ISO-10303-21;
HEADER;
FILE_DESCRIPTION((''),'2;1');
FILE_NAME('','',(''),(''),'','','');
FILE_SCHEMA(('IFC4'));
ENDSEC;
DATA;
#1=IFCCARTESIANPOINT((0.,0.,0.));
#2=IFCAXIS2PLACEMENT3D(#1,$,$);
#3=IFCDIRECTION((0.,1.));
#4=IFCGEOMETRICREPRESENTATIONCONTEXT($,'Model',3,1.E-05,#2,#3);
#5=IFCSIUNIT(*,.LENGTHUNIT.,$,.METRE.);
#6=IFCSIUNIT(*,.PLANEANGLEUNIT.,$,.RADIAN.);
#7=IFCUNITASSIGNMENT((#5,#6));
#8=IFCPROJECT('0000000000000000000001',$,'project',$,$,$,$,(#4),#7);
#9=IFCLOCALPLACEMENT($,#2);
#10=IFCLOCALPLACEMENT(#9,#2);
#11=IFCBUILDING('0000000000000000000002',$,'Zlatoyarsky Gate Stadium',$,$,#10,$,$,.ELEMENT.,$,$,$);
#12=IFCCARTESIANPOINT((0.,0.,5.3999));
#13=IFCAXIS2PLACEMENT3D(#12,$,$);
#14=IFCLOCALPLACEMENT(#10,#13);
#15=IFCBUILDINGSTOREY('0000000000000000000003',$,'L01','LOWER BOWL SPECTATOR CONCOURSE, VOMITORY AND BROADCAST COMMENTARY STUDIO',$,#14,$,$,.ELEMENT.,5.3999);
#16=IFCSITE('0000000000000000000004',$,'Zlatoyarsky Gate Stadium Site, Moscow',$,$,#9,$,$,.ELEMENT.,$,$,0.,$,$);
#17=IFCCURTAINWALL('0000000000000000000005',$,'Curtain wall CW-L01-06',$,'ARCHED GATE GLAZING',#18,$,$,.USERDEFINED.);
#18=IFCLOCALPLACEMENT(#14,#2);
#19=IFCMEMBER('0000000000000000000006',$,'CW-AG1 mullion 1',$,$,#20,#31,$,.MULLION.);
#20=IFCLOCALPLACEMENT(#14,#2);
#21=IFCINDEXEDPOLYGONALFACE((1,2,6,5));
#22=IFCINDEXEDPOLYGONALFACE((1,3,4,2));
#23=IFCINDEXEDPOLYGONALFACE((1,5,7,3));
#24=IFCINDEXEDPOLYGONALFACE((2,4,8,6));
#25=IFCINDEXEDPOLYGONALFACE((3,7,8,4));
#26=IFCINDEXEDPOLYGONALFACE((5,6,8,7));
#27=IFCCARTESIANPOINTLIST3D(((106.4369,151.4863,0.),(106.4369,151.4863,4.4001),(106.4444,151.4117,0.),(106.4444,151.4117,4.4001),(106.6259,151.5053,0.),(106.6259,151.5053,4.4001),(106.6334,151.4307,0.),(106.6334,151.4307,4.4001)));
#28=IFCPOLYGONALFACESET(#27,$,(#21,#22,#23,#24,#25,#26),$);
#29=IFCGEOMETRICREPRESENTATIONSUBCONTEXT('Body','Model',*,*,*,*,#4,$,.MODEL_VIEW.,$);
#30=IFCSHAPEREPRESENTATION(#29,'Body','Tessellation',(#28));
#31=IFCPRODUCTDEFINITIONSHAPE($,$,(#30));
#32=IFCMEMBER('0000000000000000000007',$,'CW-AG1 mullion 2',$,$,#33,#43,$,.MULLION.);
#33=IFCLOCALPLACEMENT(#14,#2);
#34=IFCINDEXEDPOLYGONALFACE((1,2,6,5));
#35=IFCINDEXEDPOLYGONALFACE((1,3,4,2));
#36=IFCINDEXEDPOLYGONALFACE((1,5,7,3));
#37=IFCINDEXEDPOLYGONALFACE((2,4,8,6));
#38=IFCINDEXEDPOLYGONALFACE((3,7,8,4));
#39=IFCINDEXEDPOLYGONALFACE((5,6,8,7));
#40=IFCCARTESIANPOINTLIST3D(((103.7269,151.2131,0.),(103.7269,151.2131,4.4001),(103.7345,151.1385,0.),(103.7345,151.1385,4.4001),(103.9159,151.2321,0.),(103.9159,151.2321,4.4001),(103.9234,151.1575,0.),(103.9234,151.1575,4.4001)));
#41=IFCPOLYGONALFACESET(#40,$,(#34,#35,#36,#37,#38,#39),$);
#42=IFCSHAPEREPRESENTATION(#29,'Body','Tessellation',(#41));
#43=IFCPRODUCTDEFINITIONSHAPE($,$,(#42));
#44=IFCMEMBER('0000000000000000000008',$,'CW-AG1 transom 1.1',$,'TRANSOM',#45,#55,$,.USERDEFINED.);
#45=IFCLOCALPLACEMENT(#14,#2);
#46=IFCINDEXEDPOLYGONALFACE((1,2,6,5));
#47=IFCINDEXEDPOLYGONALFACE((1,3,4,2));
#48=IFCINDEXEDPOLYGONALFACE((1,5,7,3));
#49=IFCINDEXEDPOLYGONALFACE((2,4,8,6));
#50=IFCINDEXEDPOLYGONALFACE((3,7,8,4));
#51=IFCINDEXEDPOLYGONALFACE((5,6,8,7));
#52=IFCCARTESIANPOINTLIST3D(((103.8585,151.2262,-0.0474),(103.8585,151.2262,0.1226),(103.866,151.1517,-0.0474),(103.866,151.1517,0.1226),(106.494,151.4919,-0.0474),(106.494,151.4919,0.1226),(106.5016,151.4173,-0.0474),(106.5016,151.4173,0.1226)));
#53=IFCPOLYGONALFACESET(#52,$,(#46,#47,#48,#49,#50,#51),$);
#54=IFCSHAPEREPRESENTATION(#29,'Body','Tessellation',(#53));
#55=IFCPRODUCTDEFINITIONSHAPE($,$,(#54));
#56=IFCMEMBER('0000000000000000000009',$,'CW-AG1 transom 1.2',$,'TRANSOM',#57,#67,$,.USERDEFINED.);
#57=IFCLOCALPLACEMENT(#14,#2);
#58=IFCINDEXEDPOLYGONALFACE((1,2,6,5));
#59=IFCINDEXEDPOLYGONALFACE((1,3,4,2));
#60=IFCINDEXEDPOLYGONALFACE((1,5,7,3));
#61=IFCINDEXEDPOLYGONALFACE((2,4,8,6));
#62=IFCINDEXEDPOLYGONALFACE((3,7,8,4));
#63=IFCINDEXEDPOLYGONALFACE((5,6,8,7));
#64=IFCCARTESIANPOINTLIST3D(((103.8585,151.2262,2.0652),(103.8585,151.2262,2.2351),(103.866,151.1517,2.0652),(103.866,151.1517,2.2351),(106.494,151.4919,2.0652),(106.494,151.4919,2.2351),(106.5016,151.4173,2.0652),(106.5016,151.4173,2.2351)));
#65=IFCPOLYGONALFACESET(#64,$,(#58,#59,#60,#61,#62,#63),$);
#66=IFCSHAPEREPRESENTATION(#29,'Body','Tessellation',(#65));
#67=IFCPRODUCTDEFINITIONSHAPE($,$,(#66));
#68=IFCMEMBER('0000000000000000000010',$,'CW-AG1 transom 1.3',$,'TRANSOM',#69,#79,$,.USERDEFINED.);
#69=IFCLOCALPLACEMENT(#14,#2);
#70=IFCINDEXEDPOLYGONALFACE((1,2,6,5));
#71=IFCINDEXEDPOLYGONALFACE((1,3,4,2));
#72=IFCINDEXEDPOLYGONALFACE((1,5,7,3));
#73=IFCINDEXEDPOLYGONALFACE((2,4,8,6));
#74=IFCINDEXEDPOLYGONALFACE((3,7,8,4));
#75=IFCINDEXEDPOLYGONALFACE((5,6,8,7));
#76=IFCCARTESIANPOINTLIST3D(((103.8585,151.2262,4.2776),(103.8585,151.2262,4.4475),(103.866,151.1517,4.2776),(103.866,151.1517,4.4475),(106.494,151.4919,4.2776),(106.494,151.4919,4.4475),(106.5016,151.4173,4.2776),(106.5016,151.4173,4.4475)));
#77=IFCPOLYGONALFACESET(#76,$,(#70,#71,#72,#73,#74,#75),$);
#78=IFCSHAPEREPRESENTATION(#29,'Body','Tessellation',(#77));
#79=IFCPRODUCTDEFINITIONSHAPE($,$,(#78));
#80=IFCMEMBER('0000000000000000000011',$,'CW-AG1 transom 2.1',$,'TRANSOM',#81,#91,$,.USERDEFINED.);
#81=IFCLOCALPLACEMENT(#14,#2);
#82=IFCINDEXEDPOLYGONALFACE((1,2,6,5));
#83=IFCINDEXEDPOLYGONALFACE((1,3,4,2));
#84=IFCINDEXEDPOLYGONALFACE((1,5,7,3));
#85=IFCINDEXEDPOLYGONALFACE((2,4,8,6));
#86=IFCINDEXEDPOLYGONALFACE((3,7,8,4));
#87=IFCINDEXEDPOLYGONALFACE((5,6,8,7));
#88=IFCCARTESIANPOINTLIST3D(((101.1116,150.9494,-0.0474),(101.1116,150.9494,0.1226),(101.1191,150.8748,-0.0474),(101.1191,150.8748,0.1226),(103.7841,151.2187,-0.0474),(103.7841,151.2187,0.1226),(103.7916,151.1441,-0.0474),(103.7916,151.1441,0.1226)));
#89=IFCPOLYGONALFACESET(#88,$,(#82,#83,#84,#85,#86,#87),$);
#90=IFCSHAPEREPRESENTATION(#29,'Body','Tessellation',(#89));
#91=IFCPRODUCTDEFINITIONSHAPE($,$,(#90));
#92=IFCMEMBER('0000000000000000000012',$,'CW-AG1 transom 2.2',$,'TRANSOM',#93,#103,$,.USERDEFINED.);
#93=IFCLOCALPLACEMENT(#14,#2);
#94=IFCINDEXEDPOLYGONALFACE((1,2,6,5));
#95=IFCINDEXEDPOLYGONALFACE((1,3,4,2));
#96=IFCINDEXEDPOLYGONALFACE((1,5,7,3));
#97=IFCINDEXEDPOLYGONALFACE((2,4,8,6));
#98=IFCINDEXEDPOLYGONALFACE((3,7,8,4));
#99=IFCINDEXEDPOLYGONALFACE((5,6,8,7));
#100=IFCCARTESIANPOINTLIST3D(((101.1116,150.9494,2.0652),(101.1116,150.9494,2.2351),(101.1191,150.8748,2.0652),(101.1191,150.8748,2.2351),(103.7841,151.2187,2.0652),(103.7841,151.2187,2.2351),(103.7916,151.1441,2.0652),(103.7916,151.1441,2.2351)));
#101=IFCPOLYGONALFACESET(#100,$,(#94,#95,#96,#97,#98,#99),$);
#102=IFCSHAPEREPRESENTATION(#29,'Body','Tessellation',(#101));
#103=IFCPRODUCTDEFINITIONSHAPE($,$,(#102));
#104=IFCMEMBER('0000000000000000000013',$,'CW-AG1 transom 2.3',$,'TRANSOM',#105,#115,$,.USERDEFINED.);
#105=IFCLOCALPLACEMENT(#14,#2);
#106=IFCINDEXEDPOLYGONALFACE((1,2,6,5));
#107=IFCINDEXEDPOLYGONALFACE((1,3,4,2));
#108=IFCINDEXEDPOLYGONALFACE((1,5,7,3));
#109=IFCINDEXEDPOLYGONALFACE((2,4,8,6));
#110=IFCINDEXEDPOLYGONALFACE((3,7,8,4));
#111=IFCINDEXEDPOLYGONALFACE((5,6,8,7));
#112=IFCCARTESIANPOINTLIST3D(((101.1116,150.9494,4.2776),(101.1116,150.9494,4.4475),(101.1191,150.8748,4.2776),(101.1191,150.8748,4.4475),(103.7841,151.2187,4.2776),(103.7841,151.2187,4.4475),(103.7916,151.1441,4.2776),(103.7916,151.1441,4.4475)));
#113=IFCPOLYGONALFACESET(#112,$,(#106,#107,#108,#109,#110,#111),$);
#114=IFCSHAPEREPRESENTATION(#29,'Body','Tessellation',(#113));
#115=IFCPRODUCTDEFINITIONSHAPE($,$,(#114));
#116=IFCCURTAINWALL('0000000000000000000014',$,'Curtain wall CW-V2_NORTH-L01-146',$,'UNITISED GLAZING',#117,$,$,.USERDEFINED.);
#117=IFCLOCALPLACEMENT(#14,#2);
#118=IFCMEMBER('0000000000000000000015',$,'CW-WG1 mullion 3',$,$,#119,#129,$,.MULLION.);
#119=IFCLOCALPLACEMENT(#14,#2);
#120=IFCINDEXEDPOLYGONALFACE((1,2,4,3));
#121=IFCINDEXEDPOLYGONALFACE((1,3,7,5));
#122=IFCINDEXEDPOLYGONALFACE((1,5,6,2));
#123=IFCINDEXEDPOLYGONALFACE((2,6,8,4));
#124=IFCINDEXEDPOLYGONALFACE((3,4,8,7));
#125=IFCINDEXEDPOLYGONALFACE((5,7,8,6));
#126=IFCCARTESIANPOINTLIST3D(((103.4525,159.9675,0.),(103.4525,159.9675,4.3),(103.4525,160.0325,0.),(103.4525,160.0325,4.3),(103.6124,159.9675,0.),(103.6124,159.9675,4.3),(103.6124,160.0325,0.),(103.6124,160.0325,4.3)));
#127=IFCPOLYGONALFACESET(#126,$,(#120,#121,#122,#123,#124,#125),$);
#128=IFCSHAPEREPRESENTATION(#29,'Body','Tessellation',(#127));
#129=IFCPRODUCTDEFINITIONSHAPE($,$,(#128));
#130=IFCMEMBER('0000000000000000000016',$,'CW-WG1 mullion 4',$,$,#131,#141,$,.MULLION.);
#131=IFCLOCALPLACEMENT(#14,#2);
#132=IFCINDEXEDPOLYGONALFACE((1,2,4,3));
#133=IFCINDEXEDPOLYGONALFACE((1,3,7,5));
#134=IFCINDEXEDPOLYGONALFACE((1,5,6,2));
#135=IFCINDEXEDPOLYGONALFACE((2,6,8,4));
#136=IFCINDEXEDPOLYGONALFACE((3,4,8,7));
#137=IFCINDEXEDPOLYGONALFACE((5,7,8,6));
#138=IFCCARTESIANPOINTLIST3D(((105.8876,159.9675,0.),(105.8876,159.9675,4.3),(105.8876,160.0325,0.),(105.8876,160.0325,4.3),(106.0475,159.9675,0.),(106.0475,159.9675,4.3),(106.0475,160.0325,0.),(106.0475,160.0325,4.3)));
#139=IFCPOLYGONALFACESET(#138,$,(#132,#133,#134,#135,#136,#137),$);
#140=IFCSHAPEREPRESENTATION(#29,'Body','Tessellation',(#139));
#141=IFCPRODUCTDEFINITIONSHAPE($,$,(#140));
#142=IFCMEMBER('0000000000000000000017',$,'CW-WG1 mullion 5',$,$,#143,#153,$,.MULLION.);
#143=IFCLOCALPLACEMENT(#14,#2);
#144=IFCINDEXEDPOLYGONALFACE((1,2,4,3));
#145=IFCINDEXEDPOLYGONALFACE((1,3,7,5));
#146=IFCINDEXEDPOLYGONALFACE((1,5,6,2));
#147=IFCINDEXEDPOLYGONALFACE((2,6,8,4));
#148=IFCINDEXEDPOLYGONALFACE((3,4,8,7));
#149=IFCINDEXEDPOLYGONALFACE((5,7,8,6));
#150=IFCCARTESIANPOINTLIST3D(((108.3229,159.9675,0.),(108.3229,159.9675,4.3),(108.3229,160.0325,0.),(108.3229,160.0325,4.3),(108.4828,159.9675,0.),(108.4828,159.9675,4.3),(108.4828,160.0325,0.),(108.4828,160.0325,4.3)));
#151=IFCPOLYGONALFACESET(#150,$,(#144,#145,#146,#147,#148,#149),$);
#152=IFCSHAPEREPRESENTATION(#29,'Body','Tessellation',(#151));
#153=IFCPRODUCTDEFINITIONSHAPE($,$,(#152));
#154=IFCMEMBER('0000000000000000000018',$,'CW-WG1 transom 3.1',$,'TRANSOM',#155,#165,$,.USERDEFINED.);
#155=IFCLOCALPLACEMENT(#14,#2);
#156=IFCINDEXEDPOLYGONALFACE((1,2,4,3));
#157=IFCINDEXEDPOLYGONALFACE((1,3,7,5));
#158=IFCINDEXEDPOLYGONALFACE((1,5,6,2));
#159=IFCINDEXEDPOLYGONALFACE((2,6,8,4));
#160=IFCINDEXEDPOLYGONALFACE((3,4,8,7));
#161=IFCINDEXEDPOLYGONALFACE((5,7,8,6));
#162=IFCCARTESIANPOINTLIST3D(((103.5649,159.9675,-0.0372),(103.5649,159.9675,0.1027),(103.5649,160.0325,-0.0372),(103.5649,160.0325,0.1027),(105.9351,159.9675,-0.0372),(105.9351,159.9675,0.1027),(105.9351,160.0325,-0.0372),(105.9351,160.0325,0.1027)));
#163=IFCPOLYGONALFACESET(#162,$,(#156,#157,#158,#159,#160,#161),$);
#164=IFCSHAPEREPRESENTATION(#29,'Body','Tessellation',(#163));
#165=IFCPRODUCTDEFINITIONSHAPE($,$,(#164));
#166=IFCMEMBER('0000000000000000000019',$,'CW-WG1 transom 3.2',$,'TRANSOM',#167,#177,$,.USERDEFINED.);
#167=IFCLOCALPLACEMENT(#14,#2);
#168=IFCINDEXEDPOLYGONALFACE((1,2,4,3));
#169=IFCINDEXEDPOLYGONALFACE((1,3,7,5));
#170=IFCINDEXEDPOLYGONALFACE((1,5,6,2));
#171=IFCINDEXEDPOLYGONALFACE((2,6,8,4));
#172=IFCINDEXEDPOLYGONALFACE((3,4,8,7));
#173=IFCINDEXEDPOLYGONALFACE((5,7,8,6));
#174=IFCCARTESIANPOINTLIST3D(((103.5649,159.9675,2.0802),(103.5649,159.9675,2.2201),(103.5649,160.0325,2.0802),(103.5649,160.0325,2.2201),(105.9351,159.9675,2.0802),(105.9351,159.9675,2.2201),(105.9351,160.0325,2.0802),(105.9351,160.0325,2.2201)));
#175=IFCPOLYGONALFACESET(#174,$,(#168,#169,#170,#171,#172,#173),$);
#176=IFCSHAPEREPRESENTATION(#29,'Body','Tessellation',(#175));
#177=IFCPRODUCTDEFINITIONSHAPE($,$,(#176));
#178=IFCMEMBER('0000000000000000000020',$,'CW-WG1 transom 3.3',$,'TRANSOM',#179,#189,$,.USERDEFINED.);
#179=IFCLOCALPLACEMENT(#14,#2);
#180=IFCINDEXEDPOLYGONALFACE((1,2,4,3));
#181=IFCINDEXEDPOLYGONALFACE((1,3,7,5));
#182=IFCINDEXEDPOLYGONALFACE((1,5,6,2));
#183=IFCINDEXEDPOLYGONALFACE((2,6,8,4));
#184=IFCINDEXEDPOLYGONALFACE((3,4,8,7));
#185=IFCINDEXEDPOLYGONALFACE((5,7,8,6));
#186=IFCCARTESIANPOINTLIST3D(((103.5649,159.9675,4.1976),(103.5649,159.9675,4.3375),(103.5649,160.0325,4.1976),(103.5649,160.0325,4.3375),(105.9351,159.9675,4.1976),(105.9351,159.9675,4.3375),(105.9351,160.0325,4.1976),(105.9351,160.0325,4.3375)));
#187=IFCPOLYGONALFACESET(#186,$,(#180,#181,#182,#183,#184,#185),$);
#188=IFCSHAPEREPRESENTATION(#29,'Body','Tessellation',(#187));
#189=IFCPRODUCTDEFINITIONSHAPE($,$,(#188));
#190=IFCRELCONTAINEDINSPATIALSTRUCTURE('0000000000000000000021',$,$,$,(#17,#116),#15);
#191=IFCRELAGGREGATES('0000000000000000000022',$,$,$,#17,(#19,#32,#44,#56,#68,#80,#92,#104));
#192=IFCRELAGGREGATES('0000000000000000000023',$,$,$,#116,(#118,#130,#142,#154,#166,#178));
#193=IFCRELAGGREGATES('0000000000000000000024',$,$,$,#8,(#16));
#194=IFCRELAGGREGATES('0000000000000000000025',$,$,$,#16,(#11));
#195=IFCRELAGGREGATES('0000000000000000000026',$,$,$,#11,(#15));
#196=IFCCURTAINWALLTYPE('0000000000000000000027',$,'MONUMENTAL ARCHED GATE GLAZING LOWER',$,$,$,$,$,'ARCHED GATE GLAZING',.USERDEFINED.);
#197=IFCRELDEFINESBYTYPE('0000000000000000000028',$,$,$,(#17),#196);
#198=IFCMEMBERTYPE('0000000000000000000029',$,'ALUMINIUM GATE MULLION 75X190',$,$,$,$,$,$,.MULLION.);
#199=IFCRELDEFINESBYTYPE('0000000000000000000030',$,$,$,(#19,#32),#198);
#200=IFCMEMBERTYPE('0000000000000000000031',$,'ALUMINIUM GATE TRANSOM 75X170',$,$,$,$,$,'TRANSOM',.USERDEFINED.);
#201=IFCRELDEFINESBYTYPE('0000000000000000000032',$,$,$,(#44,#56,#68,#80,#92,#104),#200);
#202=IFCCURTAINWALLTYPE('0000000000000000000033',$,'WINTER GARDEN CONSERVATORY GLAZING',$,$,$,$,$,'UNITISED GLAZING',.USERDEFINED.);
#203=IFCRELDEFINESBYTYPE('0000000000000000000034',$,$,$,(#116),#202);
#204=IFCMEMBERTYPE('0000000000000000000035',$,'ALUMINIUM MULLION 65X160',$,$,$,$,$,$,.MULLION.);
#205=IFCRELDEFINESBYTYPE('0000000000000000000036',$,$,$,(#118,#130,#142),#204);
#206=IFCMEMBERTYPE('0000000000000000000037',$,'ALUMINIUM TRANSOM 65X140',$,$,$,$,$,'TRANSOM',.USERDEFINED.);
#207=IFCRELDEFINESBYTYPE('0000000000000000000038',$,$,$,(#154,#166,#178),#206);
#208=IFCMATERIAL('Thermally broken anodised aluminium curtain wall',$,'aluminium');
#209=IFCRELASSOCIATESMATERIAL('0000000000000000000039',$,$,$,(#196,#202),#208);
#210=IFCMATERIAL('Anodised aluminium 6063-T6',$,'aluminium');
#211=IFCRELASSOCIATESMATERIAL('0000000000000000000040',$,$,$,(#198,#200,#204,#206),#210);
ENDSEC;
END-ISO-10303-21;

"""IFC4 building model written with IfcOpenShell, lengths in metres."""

from ifc_helpers import new_model, si_unit, direction, frame, origin, origin_2d, place, context, subcontext, project, spatial, rectangle, extrude, material, material_profile, profile_set, type_object, element, aggregate, save


model = new_model("IFC4")

# Units and contexts
model_context = context("Model", 3, precision=1e-05, world=origin(), true_north=direction((0.0, 1.0)))
body_context = subcontext(model_context, "Body", "Model", "MODEL_VIEW")
ifc_project = project(units=[si_unit("LENGTHUNIT", "METRE"), si_unit("PLANEANGLEUNIT", "RADIAN")], contexts=[model_context])

# Site, building, storey
site_placement = place(None, origin())
site = spatial("IfcSite", under=ifc_project, at=site_placement, Name="Zlatoyarsky Gate Stadium Site, Moscow", CompositionType="ELEMENT", RefElevation=0.0)
building_placement = place(site_placement, origin())
building = spatial("IfcBuilding", under=site, at=building_placement, Name="Zlatoyarsky Gate Stadium", CompositionType="ELEMENT")
storey_placement = place(building_placement, frame((0.0, 0.0, 5.3999)))
storey = spatial("IfcBuildingStorey", under=building, at=storey_placement, Name="L01", Description="LOWER BOWL SPECTATOR CONCOURSE, VOMITORY AND BROADCAST COMMENTARY STUDIO", CompositionType="ELEMENT", Elevation=5.3999)

# Curtain walls, members
ifc_material_1 = material(Name="Thermally broken anodised aluminium curtain wall", Category="aluminium")
curtain_wall_type_1 = type_object("IfcCurtainWallType", Name="MONUMENTAL ARCHED GATE GLAZING LOWER", ElementType="ARCHED GATE GLAZING", PredefinedType="USERDEFINED", material=ifc_material_1)
curtain_wall_1_placement = place(storey_placement, origin())
curtain_wall_1 = element("IfcCurtainWall", 1, at=curtain_wall_1_placement, inside=storey, type_object=curtain_wall_type_1, Name="Curtain wall CW-L01-06", ObjectType="ARCHED GATE GLAZING", PredefinedType="USERDEFINED")
ifc_material_2 = material(Name="Anodised aluminium 6063-T6", Category="aluminium")
ifc_material_profile_1 = material_profile(ifc_material_2, rectangle(XDim=0.075, YDim=0.1899, at=origin_2d()), Name="ALU 75X190")
ifc_profile_set_1 = profile_set([ifc_material_profile_1], Name="Anodised aluminium 6063-T6")
member_type_1 = type_object("IfcMemberType", Name="ALUMINIUM GATE MULLION 75X190", PredefinedType="MULLION", material=ifc_profile_set_1)
member_1_placement = place(storey_placement, frame((106.5352, 151.4585, 0.0), z_axis=(0.0, 0.0, 1.0), x_axis=(0.100303, -0.994957, 0.0)))
member_1 = element("IfcMember", 2, at=member_1_placement, type_object=member_type_1, Name="CW-AG1 mullion 1", PredefinedType="MULLION", context=body_context, shape_type="SweptSolid", body=[
    extrude(rectangle(XDim=0.075, YDim=0.1899, at=origin_2d()), origin(), (0.0, 0.0, 1.0), 4.4001),
])
member_2_placement = place(storey_placement, frame((103.8252, 151.1853, 0.0), z_axis=(0.0, 0.0, 1.0), x_axis=(0.100303, -0.994957, 0.0)))
member_2 = element("IfcMember", 3, at=member_2_placement, type_object=member_type_1, Name="CW-AG1 mullion 2", PredefinedType="MULLION", context=body_context, shape_type="SweptSolid", body=[
    extrude(rectangle(XDim=0.075, YDim=0.1899, at=origin_2d()), origin(), (0.0, 0.0, 1.0), 4.4001),
])
ifc_material_profile_2 = material_profile(ifc_material_2, rectangle(XDim=0.075, YDim=0.1699, at=origin_2d()), Name="ALU 75X170")
ifc_profile_set_2 = profile_set([ifc_material_profile_2], Name="Anodised aluminium 6063-T6")
member_type_2 = type_object("IfcMemberType", Name="ALUMINIUM GATE TRANSOM 75X170", ElementType="TRANSOM", PredefinedType="USERDEFINED", material=ifc_profile_set_2)
member_3_placement = place(storey_placement, frame((106.4978, 151.4546, 0.0376), z_axis=(-0.994959, -0.100279, 0.0), x_axis=(0.100279, -0.994959, 0.0)))
member_3 = element("IfcMember", 4, at=member_3_placement, type_object=member_type_2, Name="CW-AG1 transom 1.1", ObjectType="TRANSOM", PredefinedType="USERDEFINED", context=body_context, shape_type="SweptSolid", body=[
    extrude(rectangle(XDim=0.075, YDim=0.1699, at=origin_2d()), origin(), (0.0, 0.0, 1.0), 2.6489),
])
member_4_placement = place(storey_placement, frame((106.4978, 151.4546, 2.1501), z_axis=(-0.994959, -0.100279, 0.0), x_axis=(0.100279, -0.994959, 0.0)))
member_4 = element("IfcMember", 5, at=member_4_placement, type_object=member_type_2, Name="CW-AG1 transom 1.2", ObjectType="TRANSOM", PredefinedType="USERDEFINED", context=body_context, shape_type="SweptSolid", body=[
    extrude(rectangle(XDim=0.075, YDim=0.1699, at=origin_2d()), origin(), (0.0, 0.0, 1.0), 2.6489),
])
member_5_placement = place(storey_placement, frame((106.4978, 151.4546, 4.3625), z_axis=(-0.994959, -0.100279, 0.0), x_axis=(0.100279, -0.994959, 0.0)))
member_5 = element("IfcMember", 6, at=member_5_placement, type_object=member_type_2, Name="CW-AG1 transom 1.3", ObjectType="TRANSOM", PredefinedType="USERDEFINED", context=body_context, shape_type="SweptSolid", body=[
    extrude(rectangle(XDim=0.075, YDim=0.1699, at=origin_2d()), origin(), (0.0, 0.0, 1.0), 2.6489),
])
member_6_placement = place(storey_placement, frame((103.7878, 151.1814, 0.0376), z_axis=(-0.994962, -0.100251, 0.0), x_axis=(0.100251, -0.994962, 0.0)))
member_6 = element("IfcMember", 7, at=member_6_placement, type_object=member_type_2, Name="CW-AG1 transom 2.1", ObjectType="TRANSOM", PredefinedType="USERDEFINED", context=body_context, shape_type="SweptSolid", body=[
    extrude(rectangle(XDim=0.075, YDim=0.1699, at=origin_2d()), origin(), (0.0, 0.0, 1.0), 2.686),
])
member_7_placement = place(storey_placement, frame((103.7878, 151.1814, 2.1501), z_axis=(-0.994962, -0.100251, 0.0), x_axis=(0.100251, -0.994962, 0.0)))
member_7 = element("IfcMember", 8, at=member_7_placement, type_object=member_type_2, Name="CW-AG1 transom 2.2", ObjectType="TRANSOM", PredefinedType="USERDEFINED", context=body_context, shape_type="SweptSolid", body=[
    extrude(rectangle(XDim=0.075, YDim=0.1699, at=origin_2d()), origin(), (0.0, 0.0, 1.0), 2.686),
])
member_8_placement = place(storey_placement, frame((103.7878, 151.1814, 4.3625), z_axis=(-0.994962, -0.100251, 0.0), x_axis=(0.100251, -0.994962, 0.0)))
member_8 = element("IfcMember", 9, at=member_8_placement, type_object=member_type_2, Name="CW-AG1 transom 2.3", ObjectType="TRANSOM", PredefinedType="USERDEFINED", context=body_context, shape_type="SweptSolid", body=[
    extrude(rectangle(XDim=0.075, YDim=0.1699, at=origin_2d()), origin(), (0.0, 0.0, 1.0), 2.686),
])
curtain_wall_type_2 = type_object("IfcCurtainWallType", Name="WINTER GARDEN CONSERVATORY GLAZING", ElementType="UNITISED GLAZING", PredefinedType="USERDEFINED", material=ifc_material_1)
curtain_wall_2_placement = place(storey_placement, origin())
curtain_wall_2 = element("IfcCurtainWall", 10, at=curtain_wall_2_placement, inside=storey, type_object=curtain_wall_type_2, Name="Curtain wall CW-V2_NORTH-L01-146", ObjectType="UNITISED GLAZING", PredefinedType="USERDEFINED")
ifc_material_profile_3 = material_profile(ifc_material_2, rectangle(XDim=0.0649, YDim=0.1599, at=origin_2d()), Name="ALU 65X160")
ifc_profile_set_3 = profile_set([ifc_material_profile_3], Name="Anodised aluminium 6063-T6")
member_type_3 = type_object("IfcMemberType", Name="ALUMINIUM MULLION 65X160", PredefinedType="MULLION", material=ifc_profile_set_3)
member_9_placement = place(storey_placement, frame((103.5325, 160.0, 0.0), z_axis=(0.0, 0.0, 1.0), x_axis=(0.0, 1.0, 0.0)))
member_9 = element("IfcMember", 11, at=member_9_placement, type_object=member_type_3, Name="CW-WG1 mullion 3", PredefinedType="MULLION", context=body_context, shape_type="SweptSolid", body=[
    extrude(rectangle(XDim=0.0649, YDim=0.1599, at=origin_2d()), origin(), (0.0, 0.0, 1.0), 4.3),
])
member_10_placement = place(storey_placement, frame((105.9675, 160.0, 0.0), z_axis=(0.0, 0.0, 1.0), x_axis=(0.0, 1.0, 0.0)))
member_10 = element("IfcMember", 12, at=member_10_placement, type_object=member_type_3, Name="CW-WG1 mullion 4", PredefinedType="MULLION", context=body_context, shape_type="SweptSolid", body=[
    extrude(rectangle(XDim=0.0649, YDim=0.1599, at=origin_2d()), origin(), (0.0, 0.0, 1.0), 4.3),
])
member_11_placement = place(storey_placement, frame((108.4028, 160.0, 0.0), z_axis=(0.0, 0.0, 1.0), x_axis=(0.0, 1.0, 0.0)))
member_11 = element("IfcMember", 13, at=member_11_placement, type_object=member_type_3, Name="CW-WG1 mullion 5", PredefinedType="MULLION", context=body_context, shape_type="SweptSolid", body=[
    extrude(rectangle(XDim=0.0649, YDim=0.1599, at=origin_2d()), origin(), (0.0, 0.0, 1.0), 4.3),
])
ifc_material_profile_4 = material_profile(ifc_material_2, rectangle(XDim=0.0649, YDim=0.1399, at=origin_2d()), Name="ALU 65X140")
ifc_profile_set_4 = profile_set([ifc_material_profile_4], Name="Anodised aluminium 6063-T6")
member_type_4 = type_object("IfcMemberType", Name="ALUMINIUM TRANSOM 65X140", ElementType="TRANSOM", PredefinedType="USERDEFINED", material=ifc_profile_set_4)
member_12_placement = place(storey_placement, frame((103.5649, 160.0, 0.0327), z_axis=(1.0, 0.0, 0.0), x_axis=(0.0, 1.0, 0.0)))
member_12 = element("IfcMember", 14, at=member_12_placement, type_object=member_type_4, Name="CW-WG1 transom 3.1", ObjectType="TRANSOM", PredefinedType="USERDEFINED", context=body_context, shape_type="SweptSolid", body=[
    extrude(rectangle(XDim=0.0649, YDim=0.1399, at=origin_2d()), origin(), (0.0, 0.0, 1.0), 2.3701),
])
member_13_placement = place(storey_placement, frame((103.5649, 160.0, 2.1501), z_axis=(1.0, 0.0, 0.0), x_axis=(0.0, 1.0, 0.0)))
member_13 = element("IfcMember", 15, at=member_13_placement, type_object=member_type_4, Name="CW-WG1 transom 3.2", ObjectType="TRANSOM", PredefinedType="USERDEFINED", context=body_context, shape_type="SweptSolid", body=[
    extrude(rectangle(XDim=0.0649, YDim=0.1399, at=origin_2d()), origin(), (0.0, 0.0, 1.0), 2.3701),
])
member_14_placement = place(storey_placement, frame((103.5649, 160.0, 4.2676), z_axis=(1.0, 0.0, 0.0), x_axis=(0.0, 1.0, 0.0)))
member_14 = element("IfcMember", 16, at=member_14_placement, type_object=member_type_4, Name="CW-WG1 transom 3.3", ObjectType="TRANSOM", PredefinedType="USERDEFINED", context=body_context, shape_type="SweptSolid", body=[
    extrude(rectangle(XDim=0.0649, YDim=0.1399, at=origin_2d()), origin(), (0.0, 0.0, 1.0), 2.3701),
])

aggregate(curtain_wall_1, [member_1, member_2, member_3, member_4, member_5, member_6, member_7, member_8])
aggregate(curtain_wall_2, [member_9, member_10, member_11, member_12, member_13, member_14])

save(model, "model.ifc")
